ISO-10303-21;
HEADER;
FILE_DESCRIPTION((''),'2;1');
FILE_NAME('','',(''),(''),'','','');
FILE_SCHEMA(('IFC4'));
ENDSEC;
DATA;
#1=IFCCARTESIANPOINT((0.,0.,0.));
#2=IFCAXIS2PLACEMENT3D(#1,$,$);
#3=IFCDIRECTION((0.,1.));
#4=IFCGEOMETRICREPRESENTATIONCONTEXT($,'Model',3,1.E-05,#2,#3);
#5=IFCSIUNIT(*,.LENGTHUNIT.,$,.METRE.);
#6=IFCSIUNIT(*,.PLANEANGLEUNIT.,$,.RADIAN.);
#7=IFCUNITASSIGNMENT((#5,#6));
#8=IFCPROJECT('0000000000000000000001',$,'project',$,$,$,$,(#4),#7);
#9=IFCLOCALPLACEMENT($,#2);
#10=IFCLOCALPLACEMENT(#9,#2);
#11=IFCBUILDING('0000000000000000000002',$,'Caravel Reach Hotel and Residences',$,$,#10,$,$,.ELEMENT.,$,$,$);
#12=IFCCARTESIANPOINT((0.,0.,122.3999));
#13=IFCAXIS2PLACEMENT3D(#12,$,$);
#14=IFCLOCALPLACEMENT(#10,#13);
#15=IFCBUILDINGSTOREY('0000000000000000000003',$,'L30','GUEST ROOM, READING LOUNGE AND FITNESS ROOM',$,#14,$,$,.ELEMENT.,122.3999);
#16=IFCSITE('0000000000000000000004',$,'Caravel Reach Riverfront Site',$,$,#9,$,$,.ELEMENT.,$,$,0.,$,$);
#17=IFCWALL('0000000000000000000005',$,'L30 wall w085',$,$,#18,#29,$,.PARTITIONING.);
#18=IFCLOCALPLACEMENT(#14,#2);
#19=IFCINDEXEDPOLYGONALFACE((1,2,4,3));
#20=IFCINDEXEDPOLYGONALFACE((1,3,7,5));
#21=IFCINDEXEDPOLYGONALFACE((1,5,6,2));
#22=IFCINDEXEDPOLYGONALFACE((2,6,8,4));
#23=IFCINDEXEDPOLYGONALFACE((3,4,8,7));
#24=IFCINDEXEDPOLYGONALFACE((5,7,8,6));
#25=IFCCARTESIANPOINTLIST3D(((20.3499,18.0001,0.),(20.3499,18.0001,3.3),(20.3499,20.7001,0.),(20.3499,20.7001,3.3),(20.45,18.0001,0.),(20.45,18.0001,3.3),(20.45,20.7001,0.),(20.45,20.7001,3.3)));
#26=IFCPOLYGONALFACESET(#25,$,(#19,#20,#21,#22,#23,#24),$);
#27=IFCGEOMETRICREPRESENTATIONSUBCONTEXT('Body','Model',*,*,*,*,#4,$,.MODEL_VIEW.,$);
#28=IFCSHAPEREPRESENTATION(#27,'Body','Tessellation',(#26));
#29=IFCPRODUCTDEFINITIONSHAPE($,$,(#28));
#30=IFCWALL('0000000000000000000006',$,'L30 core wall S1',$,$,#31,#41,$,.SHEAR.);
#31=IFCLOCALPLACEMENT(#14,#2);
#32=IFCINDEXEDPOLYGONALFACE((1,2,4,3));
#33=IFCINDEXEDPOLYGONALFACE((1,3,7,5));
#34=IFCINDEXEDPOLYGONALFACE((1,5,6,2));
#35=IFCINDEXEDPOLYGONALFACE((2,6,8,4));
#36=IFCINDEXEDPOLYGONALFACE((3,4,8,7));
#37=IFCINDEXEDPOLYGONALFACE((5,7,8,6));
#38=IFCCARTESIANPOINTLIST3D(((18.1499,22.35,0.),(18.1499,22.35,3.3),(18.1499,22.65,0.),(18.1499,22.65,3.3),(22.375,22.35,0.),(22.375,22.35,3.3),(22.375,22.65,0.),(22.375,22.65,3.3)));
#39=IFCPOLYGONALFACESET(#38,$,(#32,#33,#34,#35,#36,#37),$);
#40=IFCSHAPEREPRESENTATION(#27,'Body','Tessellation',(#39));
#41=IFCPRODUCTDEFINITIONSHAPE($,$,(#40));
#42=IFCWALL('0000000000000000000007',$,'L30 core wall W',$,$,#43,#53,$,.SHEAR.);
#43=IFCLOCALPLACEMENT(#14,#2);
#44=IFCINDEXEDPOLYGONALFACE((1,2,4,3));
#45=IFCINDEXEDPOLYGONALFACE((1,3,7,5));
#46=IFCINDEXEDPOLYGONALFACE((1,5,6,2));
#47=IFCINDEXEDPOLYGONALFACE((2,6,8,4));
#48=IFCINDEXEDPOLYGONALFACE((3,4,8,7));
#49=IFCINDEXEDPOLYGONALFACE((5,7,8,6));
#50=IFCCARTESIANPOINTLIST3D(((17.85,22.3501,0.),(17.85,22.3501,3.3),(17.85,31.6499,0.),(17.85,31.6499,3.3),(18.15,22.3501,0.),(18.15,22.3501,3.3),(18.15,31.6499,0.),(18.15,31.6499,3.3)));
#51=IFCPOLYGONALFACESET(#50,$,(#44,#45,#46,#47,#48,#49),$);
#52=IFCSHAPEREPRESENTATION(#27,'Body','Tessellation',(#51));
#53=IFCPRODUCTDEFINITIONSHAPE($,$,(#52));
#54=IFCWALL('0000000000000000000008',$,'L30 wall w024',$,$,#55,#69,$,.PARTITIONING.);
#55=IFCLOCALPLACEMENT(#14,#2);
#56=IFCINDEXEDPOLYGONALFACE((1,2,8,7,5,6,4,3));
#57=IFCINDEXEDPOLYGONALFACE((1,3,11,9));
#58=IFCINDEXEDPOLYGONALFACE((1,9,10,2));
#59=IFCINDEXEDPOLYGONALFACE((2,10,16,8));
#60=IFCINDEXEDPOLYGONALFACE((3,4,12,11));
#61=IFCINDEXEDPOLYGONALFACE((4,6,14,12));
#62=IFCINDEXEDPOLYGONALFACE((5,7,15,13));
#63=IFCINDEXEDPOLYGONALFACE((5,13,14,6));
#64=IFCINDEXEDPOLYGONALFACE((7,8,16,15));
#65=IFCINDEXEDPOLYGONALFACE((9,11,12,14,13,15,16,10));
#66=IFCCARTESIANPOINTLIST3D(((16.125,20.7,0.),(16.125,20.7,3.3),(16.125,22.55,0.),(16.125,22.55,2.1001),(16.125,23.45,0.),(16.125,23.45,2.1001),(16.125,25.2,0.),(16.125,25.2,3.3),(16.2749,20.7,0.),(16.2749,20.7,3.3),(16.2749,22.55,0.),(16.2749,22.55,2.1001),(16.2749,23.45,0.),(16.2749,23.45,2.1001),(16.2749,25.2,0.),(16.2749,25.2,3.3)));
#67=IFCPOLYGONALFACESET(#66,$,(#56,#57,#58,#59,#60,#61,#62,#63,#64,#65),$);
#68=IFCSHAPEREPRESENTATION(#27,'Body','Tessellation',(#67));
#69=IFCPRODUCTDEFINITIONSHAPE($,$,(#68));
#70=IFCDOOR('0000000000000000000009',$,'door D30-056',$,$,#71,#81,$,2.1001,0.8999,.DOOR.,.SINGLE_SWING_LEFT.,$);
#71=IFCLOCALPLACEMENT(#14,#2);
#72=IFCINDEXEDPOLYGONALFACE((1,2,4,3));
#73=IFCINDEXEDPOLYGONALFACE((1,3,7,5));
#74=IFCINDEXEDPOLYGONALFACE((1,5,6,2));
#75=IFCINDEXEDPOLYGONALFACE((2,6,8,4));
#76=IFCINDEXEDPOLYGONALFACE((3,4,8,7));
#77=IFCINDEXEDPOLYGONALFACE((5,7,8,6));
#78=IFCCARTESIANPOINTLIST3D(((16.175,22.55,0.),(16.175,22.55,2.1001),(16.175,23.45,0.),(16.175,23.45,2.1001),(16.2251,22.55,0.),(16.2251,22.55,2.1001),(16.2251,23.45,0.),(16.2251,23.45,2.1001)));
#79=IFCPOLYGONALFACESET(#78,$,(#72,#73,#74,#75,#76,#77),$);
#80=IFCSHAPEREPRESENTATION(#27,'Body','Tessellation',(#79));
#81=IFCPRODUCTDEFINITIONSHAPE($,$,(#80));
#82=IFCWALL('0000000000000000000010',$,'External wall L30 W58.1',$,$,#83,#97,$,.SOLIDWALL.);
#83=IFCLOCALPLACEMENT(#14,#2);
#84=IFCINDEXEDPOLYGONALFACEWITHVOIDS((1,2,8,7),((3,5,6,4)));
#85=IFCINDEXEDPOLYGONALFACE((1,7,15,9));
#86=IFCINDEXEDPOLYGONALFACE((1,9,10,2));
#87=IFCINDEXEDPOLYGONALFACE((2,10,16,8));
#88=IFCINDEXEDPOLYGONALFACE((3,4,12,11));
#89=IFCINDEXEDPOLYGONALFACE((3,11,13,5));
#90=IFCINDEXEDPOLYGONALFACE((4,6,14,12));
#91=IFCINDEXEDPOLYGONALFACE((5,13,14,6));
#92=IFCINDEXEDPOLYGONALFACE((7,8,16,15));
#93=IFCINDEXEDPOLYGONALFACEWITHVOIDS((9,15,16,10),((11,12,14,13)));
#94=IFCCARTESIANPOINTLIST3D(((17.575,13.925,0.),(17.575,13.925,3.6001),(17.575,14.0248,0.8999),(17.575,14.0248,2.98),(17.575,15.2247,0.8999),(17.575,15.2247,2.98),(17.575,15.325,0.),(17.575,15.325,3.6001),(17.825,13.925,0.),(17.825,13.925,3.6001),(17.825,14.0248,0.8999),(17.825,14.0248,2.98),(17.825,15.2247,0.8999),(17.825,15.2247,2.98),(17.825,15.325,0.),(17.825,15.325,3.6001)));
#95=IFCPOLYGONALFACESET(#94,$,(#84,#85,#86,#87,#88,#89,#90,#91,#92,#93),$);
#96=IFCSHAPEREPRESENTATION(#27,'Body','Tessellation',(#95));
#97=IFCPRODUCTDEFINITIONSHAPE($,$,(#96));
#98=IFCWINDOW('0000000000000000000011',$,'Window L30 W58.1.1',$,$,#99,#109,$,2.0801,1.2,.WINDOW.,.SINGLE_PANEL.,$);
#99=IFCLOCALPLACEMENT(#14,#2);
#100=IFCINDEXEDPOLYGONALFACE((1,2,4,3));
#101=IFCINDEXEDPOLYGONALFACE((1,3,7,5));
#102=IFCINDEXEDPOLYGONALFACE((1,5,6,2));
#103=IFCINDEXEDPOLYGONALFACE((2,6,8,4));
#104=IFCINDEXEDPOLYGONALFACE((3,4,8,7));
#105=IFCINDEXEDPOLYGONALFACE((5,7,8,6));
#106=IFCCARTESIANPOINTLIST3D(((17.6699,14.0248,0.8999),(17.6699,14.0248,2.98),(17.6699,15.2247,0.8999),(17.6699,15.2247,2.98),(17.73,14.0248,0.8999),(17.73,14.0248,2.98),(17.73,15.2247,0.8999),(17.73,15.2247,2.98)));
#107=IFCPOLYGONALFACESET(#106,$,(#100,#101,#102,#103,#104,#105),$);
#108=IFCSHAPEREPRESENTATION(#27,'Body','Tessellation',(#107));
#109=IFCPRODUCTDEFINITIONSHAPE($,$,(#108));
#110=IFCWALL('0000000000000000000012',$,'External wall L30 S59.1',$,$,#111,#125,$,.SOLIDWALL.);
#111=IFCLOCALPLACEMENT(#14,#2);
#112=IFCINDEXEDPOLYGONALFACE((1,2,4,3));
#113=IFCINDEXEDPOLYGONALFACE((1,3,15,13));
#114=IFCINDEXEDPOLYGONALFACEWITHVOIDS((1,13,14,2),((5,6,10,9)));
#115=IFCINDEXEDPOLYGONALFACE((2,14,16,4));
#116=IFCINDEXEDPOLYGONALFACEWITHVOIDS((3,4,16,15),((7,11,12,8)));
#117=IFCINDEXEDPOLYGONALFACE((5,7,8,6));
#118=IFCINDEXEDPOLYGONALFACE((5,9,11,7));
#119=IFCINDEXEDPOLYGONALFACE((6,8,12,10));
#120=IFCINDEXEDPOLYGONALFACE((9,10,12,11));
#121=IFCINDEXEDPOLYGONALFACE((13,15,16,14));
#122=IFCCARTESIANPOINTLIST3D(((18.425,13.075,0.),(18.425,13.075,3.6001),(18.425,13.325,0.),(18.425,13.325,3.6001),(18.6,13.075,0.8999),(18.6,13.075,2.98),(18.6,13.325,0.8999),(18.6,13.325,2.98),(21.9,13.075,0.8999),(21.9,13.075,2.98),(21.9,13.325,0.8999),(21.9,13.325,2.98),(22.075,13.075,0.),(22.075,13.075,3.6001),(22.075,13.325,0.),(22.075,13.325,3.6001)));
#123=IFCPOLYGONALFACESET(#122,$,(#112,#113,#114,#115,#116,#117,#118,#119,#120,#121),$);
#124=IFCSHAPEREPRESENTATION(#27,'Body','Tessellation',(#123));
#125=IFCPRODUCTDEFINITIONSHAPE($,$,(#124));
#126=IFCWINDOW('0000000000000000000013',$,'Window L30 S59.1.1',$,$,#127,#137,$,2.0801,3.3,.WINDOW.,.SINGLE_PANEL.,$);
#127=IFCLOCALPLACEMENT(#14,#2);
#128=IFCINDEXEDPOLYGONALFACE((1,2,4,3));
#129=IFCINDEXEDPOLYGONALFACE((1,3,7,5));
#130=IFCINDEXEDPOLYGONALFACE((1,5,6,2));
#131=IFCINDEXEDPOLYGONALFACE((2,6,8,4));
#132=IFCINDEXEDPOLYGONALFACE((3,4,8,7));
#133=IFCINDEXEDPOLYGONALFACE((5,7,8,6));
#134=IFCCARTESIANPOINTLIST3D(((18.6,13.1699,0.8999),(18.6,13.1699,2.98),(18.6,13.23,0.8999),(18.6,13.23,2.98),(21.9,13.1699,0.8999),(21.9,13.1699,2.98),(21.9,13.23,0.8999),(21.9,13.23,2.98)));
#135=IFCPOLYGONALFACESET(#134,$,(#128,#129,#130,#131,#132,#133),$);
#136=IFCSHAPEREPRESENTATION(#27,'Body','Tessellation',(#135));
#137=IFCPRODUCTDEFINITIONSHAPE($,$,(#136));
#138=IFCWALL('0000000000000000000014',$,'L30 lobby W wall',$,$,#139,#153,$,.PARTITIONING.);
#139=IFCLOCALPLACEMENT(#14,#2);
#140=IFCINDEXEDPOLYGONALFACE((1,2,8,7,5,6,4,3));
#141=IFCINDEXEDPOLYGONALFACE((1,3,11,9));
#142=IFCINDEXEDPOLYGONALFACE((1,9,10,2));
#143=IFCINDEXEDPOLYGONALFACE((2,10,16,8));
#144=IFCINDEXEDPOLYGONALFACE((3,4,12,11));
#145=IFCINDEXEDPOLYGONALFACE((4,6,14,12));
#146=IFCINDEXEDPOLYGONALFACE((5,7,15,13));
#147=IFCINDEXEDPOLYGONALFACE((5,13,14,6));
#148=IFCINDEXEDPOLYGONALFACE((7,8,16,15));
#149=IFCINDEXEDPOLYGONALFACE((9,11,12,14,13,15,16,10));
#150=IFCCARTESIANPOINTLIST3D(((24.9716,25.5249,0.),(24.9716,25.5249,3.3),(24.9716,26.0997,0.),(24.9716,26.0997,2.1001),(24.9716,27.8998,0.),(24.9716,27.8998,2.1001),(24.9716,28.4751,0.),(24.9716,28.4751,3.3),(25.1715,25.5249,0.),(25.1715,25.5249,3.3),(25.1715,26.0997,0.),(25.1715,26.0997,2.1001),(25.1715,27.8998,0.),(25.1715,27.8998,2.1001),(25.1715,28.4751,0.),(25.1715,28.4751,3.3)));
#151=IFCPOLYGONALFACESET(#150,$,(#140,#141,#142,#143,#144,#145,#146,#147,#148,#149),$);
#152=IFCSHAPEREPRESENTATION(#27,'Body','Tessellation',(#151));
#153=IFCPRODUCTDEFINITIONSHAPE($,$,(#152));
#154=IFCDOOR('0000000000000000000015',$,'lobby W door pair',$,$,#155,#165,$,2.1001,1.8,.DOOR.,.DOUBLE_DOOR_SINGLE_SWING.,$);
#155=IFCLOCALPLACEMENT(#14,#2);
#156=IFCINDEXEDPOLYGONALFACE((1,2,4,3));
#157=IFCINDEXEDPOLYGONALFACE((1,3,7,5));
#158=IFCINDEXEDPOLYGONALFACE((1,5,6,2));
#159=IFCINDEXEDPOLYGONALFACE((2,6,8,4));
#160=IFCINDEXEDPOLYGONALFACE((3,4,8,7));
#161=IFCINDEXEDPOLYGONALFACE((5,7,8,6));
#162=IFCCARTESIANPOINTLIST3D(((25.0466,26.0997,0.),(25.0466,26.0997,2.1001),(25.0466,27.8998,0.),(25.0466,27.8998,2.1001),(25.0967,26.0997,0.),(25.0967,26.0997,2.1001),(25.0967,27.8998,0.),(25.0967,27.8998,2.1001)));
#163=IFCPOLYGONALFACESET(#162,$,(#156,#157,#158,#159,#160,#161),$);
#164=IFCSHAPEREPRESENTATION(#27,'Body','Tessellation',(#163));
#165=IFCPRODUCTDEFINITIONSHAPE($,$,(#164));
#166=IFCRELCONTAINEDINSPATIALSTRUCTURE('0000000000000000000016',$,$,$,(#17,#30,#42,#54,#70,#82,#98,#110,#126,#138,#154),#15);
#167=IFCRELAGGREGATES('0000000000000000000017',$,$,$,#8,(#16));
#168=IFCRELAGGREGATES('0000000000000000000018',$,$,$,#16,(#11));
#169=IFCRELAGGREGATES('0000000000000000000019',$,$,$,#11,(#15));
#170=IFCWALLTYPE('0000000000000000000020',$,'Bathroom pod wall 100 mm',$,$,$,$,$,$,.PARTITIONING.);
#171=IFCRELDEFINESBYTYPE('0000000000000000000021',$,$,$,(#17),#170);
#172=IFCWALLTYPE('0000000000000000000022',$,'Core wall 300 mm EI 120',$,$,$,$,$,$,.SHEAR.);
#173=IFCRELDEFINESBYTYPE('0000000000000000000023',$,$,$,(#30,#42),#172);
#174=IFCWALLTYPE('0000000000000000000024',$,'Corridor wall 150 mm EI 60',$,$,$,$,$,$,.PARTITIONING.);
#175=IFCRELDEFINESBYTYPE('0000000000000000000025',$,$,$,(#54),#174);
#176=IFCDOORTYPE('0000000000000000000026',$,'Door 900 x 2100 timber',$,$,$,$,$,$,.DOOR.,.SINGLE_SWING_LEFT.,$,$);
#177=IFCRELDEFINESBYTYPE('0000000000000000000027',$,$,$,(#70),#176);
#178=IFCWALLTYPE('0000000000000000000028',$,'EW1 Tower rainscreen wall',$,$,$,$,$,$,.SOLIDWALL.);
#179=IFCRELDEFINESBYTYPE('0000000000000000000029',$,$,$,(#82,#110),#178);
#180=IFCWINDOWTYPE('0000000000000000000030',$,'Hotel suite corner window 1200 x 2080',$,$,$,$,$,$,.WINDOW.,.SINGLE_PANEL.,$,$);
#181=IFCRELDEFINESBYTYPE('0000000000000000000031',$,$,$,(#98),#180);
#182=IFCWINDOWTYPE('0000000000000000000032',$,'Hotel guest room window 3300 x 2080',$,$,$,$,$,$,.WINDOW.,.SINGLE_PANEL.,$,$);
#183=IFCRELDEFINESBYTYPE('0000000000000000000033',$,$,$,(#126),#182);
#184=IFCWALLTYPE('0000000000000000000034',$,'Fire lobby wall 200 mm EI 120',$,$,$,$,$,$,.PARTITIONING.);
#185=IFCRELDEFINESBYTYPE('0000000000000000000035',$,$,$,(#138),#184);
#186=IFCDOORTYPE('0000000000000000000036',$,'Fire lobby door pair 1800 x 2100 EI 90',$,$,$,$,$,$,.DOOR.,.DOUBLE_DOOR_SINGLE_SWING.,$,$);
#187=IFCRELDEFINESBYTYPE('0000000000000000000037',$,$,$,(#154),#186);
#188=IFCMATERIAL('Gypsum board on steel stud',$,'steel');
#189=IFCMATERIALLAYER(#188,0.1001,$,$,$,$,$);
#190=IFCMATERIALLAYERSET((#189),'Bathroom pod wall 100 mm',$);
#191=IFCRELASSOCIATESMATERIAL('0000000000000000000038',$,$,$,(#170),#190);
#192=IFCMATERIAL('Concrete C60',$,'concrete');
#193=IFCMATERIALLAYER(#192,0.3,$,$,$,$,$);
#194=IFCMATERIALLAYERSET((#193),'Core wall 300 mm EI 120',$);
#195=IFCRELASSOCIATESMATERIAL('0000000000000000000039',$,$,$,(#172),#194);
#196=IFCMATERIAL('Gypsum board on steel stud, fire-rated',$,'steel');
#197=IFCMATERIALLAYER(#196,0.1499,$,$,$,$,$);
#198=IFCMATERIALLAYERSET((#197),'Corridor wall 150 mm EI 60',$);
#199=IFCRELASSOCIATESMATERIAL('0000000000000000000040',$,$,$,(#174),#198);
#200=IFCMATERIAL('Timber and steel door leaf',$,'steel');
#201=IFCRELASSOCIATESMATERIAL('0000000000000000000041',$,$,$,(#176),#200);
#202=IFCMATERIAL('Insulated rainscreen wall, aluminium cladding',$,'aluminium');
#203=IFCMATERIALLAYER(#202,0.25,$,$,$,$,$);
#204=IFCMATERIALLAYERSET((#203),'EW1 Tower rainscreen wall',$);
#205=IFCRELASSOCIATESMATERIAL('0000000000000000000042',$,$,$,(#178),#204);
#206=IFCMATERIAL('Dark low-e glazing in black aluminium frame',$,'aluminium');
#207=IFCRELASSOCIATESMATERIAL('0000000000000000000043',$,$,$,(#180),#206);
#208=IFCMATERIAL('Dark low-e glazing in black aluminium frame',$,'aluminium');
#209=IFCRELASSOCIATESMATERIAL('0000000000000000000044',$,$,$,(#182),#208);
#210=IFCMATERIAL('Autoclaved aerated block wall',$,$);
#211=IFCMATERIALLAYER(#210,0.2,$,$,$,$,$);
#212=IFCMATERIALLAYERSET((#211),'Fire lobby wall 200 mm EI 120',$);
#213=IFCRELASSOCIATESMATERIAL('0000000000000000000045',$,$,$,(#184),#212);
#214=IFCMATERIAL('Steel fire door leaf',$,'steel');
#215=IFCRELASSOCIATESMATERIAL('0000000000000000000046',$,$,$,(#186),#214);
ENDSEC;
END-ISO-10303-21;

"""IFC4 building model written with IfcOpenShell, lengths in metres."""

from ifc_helpers import new_model, si_unit, direction, frame, frame_2d, origin, place, context, subcontext, project, spatial, rectangle, extrude, material, layer, layer_set, type_object, element, fill, save


model = new_model("IFC4")

# Units and contexts
model_context = context("Model", 3, precision=1e-05, world=origin(), true_north=direction((0.0, 1.0)))
body_context = subcontext(model_context, "Body", "Model", "MODEL_VIEW")
ifc_project = project(units=[si_unit("LENGTHUNIT", "METRE"), si_unit("PLANEANGLEUNIT", "RADIAN")], contexts=[model_context])

# Site, building, storey
site_placement = place(None, origin())
site = spatial("IfcSite", under=ifc_project, at=site_placement, Name="Caravel Reach Riverfront Site", CompositionType="ELEMENT", RefElevation=0.0)
building_placement = place(site_placement, origin())
building = spatial("IfcBuilding", under=site, at=building_placement, Name="Caravel Reach Hotel and Residences", CompositionType="ELEMENT")
storey_placement = place(building_placement, frame((0.0, 0.0, 122.3999)))
storey = spatial("IfcBuildingStorey", under=building, at=storey_placement, Name="L30", Description="GUEST ROOM, READING LOUNGE AND FITNESS ROOM", CompositionType="ELEMENT", Elevation=122.3999)

# Shared definitions
ifc_material_1 = material(Name="Gypsum board on steel stud", Category="steel")
ifc_layer_1 = layer(ifc_material_1, 0.1001)
ifc_layer_set_1 = layer_set([ifc_layer_1], Name="Bathroom pod wall 100 mm")
wall_type_1 = type_object("IfcWallType", Name="Bathroom pod wall 100 mm", PredefinedType="PARTITIONING", material=ifc_layer_set_1)

# Walls
for number, where, z_axis, x_axis, name in (
    (1, (20.3999, 18.0, 0.0), (0.0, 0.0, 1.0), (0.0, 1.0, 0.0), "L30 wall w085"),
):
    element("IfcWall", number, at=place(storey_placement, frame(where, z_axis=z_axis, x_axis=x_axis)), inside=storey, type_object=wall_type_1, Name=name, PredefinedType="PARTITIONING", context=body_context, shape_type="SweptSolid", body=[
        extrude(rectangle(XDim=2.7, YDim=0.1001, at=frame_2d((1.3501, 0.0))), origin(), (0.0, 0.0, 1.0), 3.3),
    ])
ifc_material_2 = material(Name="Concrete C60", Category="concrete")
ifc_layer_2 = layer(ifc_material_2, 0.3)
ifc_layer_set_2 = layer_set([ifc_layer_2], Name="Core wall 300 mm EI 120")
wall_type_2 = type_object("IfcWallType", Name="Core wall 300 mm EI 120", PredefinedType="SHEAR", material=ifc_layer_set_2)
wall_1_placement = place(storey_placement, frame((18.1499, 22.5, 0.0), z_axis=(0.0, 0.0, 1.0), x_axis=(1.0, 0.0, 0.0)))
element("IfcWall", 2, at=wall_1_placement, inside=storey, type_object=wall_type_2, Name="L30 core wall S1", PredefinedType="SHEAR", context=body_context, shape_type="SweptSolid", body=[
    extrude(rectangle(XDim=4.2251, YDim=0.3, at=frame_2d((2.1125, 0.0))), origin(), (0.0, 0.0, 1.0), 3.3),
])
wall_2_placement = place(storey_placement, frame((18.0, 22.3501, 0.0), z_axis=(0.0, 0.0, 1.0), x_axis=(0.0, 1.0, 0.0)))
element("IfcWall", 3, at=wall_2_placement, inside=storey, type_object=wall_type_2, Name="L30 core wall W", PredefinedType="SHEAR", context=body_context, shape_type="SweptSolid", body=[
    extrude(rectangle(XDim=9.2998, YDim=0.3, at=frame_2d((4.6499, 0.0))), origin(), (0.0, 0.0, 1.0), 3.3),
])

# Wall, opening, door
ifc_material_3 = material(Name="Gypsum board on steel stud, fire-rated", Category="steel")
ifc_layer_3 = layer(ifc_material_3, 0.1499)
ifc_layer_set_3 = layer_set([ifc_layer_3], Name="Corridor wall 150 mm EI 60")
wall_type_3 = type_object("IfcWallType", Name="Corridor wall 150 mm EI 60", PredefinedType="PARTITIONING", material=ifc_layer_set_3)
wall_3_placement = place(storey_placement, frame((16.2, 20.7, 0.0), z_axis=(0.0, 0.0, 1.0), x_axis=(0.0, 1.0, 0.0)))
wall_3 = element("IfcWall", 4, at=wall_3_placement, inside=storey, type_object=wall_type_3, Name="L30 wall w024", PredefinedType="PARTITIONING", context=body_context, shape_type="SweptSolid", body=[
    extrude(rectangle(XDim=4.5, YDim=0.1499, at=frame_2d((2.25, 0.0))), origin(), (0.0, 0.0, 1.0), 3.3),
])
opening_1_placement = place(wall_3_placement, frame((1.8501, 0.0, 0.0)))
opening_1 = element("IfcOpeningElement", 5, at=opening_1_placement, cuts=wall_3, PredefinedType="OPENING", context=body_context, shape_type="SweptSolid", body=[
    extrude(rectangle(XDim=0.8999, YDim=2.1001, at=frame_2d((0.45, 1.05))), frame((0.0, 0.085, 0.0), z_axis=(0.0, -1.0, 0.0), x_axis=(1.0, 0.0, 0.0)), (0.0, 0.0, 1.0), 0.1699),
])
ifc_material_4 = material(Name="Timber and steel door leaf", Category="steel")
door_type_1 = type_object("IfcDoorType", Name="Door 900 x 2100 timber", OperationType="SINGLE_SWING_LEFT", PredefinedType="DOOR", material=ifc_material_4)
door_1_placement = place(opening_1_placement, origin())
door_1 = element("IfcDoor", 6, at=door_1_placement, inside=storey, type_object=door_type_1, Name="door D30-056", OperationType="SINGLE_SWING_LEFT", OverallHeight=2.1001, OverallWidth=0.8999, PredefinedType="DOOR", context=body_context, shape_type="SweptSolid", body=[
    extrude(rectangle(XDim=0.8999, YDim=2.1001, at=frame_2d((0.45, 1.05))), frame((0.0, 0.0249, 0.0), z_axis=(0.0, -1.0, 0.0), x_axis=(1.0, 0.0, 0.0)), (0.0, 0.0, 1.0), 0.05),
])
fill(opening_1, door_1)

# Walls, openings, windows
ifc_material_5 = material(Name="Insulated rainscreen wall, aluminium cladding", Category="aluminium")
ifc_layer_4 = layer(ifc_material_5, 0.25)
ifc_layer_set_4 = layer_set([ifc_layer_4], Name="EW1 Tower rainscreen wall")
wall_type_4 = type_object("IfcWallType", Name="EW1 Tower rainscreen wall", PredefinedType="SOLIDWALL", material=ifc_layer_set_4)
wall_4_placement = place(storey_placement, frame((17.7, 15.325, 0.0), z_axis=(0.0, 0.0, 1.0), x_axis=(0.0, -1.0, 0.0)))
wall_4 = element("IfcWall", 7, at=wall_4_placement, inside=storey, type_object=wall_type_4, Name="External wall L30 W58.1", PredefinedType="SOLIDWALL", context=body_context, shape_type="SweptSolid", body=[
    extrude(rectangle(XDim=1.3999, YDim=0.25, at=frame_2d((0.7, 0.0))), origin(), (0.0, 0.0, 1.0), 3.6001),
])
opening_2_placement = place(wall_4_placement, frame((0.1001, 0.0, 0.8999)))
opening_2 = element("IfcOpeningElement", 8, at=opening_2_placement, cuts=wall_4, PredefinedType="OPENING", context=body_context, shape_type="SweptSolid", body=[
    extrude(rectangle(XDim=1.2, YDim=2.0801, at=frame_2d((0.6001, 1.04))), frame((0.0, 0.135, 0.0), z_axis=(0.0, -1.0, 0.0), x_axis=(1.0, 0.0, 0.0)), (0.0, 0.0, 1.0), 0.27),
])
ifc_material_6 = material(Name="Dark low-e glazing in black aluminium frame", Category="aluminium")
window_type_1 = type_object("IfcWindowType", Name="Hotel suite corner window 1200 x 2080", PartitioningType="SINGLE_PANEL", PredefinedType="WINDOW", material=ifc_material_6)
window_1_placement = place(opening_2_placement, origin())
window_1 = element("IfcWindow", 9, at=window_1_placement, inside=storey, type_object=window_type_1, Name="Window L30 W58.1.1", OverallHeight=2.0801, OverallWidth=1.2, PartitioningType="SINGLE_PANEL", PredefinedType="WINDOW", context=body_context, shape_type="SweptSolid", body=[
    extrude(rectangle(XDim=1.2, YDim=2.0801, at=frame_2d((0.6001, 1.04))), frame((0.0, 0.03, 0.0), z_axis=(0.0, -1.0, 0.0), x_axis=(1.0, 0.0, 0.0)), (0.0, 0.0, 1.0), 0.0601),
])
fill(opening_2, window_1)
wall_5_placement = place(storey_placement, frame((18.425, 13.2, 0.0), z_axis=(0.0, 0.0, 1.0), x_axis=(1.0, 0.0, 0.0)))
wall_5 = element("IfcWall", 10, at=wall_5_placement, inside=storey, type_object=wall_type_4, Name="External wall L30 S59.1", PredefinedType="SOLIDWALL", context=body_context, shape_type="SweptSolid", body=[
    extrude(rectangle(XDim=3.6499, YDim=0.25, at=frame_2d((1.825, 0.0))), origin(), (0.0, 0.0, 1.0), 3.6001),
])
opening_3_placement = place(wall_5_placement, frame((0.175, 0.0, 0.8999)))
opening_3 = element("IfcOpeningElement", 11, at=opening_3_placement, cuts=wall_5, PredefinedType="OPENING", context=body_context, shape_type="SweptSolid", body=[
    extrude(rectangle(XDim=3.3, YDim=2.0801, at=frame_2d((1.6499, 1.04))), frame((0.0, 0.135, 0.0), z_axis=(0.0, -1.0, 0.0), x_axis=(1.0, 0.0, 0.0)), (0.0, 0.0, 1.0), 0.27),
])
ifc_material_7 = material(Name="Dark low-e glazing in black aluminium frame", Category="aluminium")
window_type_2 = type_object("IfcWindowType", Name="Hotel guest room window 3300 x 2080", PartitioningType="SINGLE_PANEL", PredefinedType="WINDOW", material=ifc_material_7)
window_2_placement = place(opening_3_placement, origin())
window_2 = element("IfcWindow", 12, at=window_2_placement, inside=storey, type_object=window_type_2, Name="Window L30 S59.1.1", OverallHeight=2.0801, OverallWidth=3.3, PartitioningType="SINGLE_PANEL", PredefinedType="WINDOW", context=body_context, shape_type="SweptSolid", body=[
    extrude(rectangle(XDim=3.3, YDim=2.0801, at=frame_2d((1.6499, 1.04))), frame((0.0, 0.03, 0.0), z_axis=(0.0, -1.0, 0.0), x_axis=(1.0, 0.0, 0.0)), (0.0, 0.0, 1.0), 0.0601),
])
fill(opening_3, window_2)

# Wall, opening, door
ifc_material_8 = material(Name="Autoclaved aerated block wall")
ifc_layer_5 = layer(ifc_material_8, 0.2)
ifc_layer_set_5 = layer_set([ifc_layer_5], Name="Fire lobby wall 200 mm EI 120")
wall_type_5 = type_object("IfcWallType", Name="Fire lobby wall 200 mm EI 120", PredefinedType="PARTITIONING", material=ifc_layer_set_5)
wall_6_placement = place(storey_placement, frame((25.0715, 25.5249, 0.0), z_axis=(0.0, 0.0, 1.0), x_axis=(0.0, 1.0, 0.0)))
wall_6 = element("IfcWall", 13, at=wall_6_placement, inside=storey, type_object=wall_type_5, Name="L30 lobby W wall", PredefinedType="PARTITIONING", context=body_context, shape_type="SweptSolid", body=[
    extrude(rectangle(XDim=2.9502, YDim=0.2, at=frame_2d((1.4751, 0.0))), origin(), (0.0, 0.0, 1.0), 3.3),
])
opening_4_placement = place(wall_6_placement, frame((0.575, 0.0, 0.0)))
opening_4 = element("IfcOpeningElement", 14, at=opening_4_placement, cuts=wall_6, PredefinedType="OPENING", context=body_context, shape_type="SweptSolid", body=[
    extrude(rectangle(XDim=1.8, YDim=2.1001, at=frame_2d((0.8999, 1.05))), frame((0.0, 0.1099, 0.0), z_axis=(0.0, -1.0, 0.0), x_axis=(1.0, 0.0, 0.0)), (0.0, 0.0, 1.0), 0.22),
])
ifc_material_9 = material(Name="Steel fire door leaf", Category="steel")
door_type_2 = type_object("IfcDoorType", Name="Fire lobby door pair 1800 x 2100 EI 90", OperationType="DOUBLE_DOOR_SINGLE_SWING", PredefinedType="DOOR", material=ifc_material_9)
door_2_placement = place(opening_4_placement, origin())
door_2 = element("IfcDoor", 15, at=door_2_placement, inside=storey, type_object=door_type_2, Name="lobby W door pair", OperationType="DOUBLE_DOOR_SINGLE_SWING", OverallHeight=2.1001, OverallWidth=1.8, PredefinedType="DOOR", context=body_context, shape_type="SweptSolid", body=[
    extrude(rectangle(XDim=1.8, YDim=2.1001, at=frame_2d((0.8999, 1.05))), frame((0.0, 0.0249, 0.0), z_axis=(0.0, -1.0, 0.0), x_axis=(1.0, 0.0, 0.0)), (0.0, 0.0, 1.0), 0.05),
])
fill(opening_4, door_2)

save(model, "model.ifc")
